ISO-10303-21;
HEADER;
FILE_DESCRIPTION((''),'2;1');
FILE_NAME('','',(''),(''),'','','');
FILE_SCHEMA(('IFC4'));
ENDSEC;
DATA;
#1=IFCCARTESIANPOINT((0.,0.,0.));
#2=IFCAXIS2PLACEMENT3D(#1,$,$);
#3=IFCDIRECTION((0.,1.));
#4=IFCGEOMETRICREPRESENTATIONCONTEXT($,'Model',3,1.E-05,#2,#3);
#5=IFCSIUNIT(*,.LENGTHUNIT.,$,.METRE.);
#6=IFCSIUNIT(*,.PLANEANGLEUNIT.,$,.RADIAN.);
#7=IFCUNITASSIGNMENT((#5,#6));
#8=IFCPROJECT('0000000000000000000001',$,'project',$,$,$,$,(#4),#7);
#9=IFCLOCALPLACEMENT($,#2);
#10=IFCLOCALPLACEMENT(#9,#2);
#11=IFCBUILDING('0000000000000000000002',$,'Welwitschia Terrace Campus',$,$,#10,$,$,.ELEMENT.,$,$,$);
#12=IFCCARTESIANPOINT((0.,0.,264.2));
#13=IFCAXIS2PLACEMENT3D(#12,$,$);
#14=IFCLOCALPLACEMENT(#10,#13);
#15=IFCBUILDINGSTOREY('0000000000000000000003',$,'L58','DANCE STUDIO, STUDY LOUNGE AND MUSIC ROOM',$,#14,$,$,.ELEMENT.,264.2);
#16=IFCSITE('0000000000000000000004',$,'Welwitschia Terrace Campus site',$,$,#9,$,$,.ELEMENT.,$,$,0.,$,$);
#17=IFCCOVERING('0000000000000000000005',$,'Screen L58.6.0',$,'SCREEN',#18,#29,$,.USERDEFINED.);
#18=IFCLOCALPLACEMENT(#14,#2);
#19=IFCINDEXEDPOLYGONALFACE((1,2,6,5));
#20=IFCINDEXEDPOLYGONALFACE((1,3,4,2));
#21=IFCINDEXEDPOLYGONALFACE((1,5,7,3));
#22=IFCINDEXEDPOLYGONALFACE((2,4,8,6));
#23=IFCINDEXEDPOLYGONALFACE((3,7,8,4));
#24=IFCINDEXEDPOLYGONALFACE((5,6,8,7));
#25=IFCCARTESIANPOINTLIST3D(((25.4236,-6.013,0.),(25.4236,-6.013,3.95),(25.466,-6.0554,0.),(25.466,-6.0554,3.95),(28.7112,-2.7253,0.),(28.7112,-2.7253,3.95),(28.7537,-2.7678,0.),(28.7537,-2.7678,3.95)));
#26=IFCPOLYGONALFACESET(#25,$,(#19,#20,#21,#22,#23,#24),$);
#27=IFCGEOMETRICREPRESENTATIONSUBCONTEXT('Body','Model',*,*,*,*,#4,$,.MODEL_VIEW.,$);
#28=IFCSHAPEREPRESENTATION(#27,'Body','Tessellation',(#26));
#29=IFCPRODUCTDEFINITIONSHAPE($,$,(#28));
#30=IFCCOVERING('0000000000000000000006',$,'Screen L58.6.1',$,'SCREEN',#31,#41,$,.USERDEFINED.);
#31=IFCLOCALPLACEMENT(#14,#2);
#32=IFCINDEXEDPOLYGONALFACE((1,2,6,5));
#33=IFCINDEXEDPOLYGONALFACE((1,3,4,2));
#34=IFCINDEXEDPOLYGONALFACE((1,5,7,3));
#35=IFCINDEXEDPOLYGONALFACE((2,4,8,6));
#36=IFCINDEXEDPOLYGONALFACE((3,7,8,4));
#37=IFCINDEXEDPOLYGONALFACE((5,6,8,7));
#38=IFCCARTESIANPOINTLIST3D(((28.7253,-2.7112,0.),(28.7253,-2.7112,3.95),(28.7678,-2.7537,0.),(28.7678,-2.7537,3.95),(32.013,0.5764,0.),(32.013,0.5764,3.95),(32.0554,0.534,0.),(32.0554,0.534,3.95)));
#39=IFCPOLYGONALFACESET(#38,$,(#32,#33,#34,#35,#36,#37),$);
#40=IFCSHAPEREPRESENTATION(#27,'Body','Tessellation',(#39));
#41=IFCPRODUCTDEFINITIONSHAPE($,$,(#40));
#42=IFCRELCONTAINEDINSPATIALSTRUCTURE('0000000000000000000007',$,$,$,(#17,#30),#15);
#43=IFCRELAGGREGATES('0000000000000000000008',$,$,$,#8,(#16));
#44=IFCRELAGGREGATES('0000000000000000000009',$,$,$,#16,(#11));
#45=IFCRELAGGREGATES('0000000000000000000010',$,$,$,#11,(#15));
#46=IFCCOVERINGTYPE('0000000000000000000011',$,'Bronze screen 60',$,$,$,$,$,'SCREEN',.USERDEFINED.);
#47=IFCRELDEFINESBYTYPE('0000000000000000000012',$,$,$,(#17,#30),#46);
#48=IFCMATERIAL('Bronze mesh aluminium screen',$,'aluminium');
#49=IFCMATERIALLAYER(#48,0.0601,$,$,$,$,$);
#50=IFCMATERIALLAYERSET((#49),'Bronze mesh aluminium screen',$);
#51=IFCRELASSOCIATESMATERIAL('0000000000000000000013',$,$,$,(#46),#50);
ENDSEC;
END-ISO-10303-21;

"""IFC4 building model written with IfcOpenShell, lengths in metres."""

from ifc_helpers import new_model, si_unit, direction, frame, origin, origin_2d, place, context, subcontext, project, spatial, rectangle, extrude, material, layer, layer_set, type_object, element, save


model = new_model("IFC4")

# Units and contexts
model_context = context("Model", 3, precision=1e-05, world=origin(), true_north=direction((0.0, 1.0)))
body_context = subcontext(model_context, "Body", "Model", "MODEL_VIEW")
ifc_project = project(units=[si_unit("LENGTHUNIT", "METRE"), si_unit("PLANEANGLEUNIT", "RADIAN")], contexts=[model_context])

# Site, building, storey
site_placement = place(None, origin())
site = spatial("IfcSite", under=ifc_project, at=site_placement, Name="Welwitschia Terrace Campus site", CompositionType="ELEMENT", RefElevation=0.0)
building_placement = place(site_placement, origin())
building = spatial("IfcBuilding", under=site, at=building_placement, Name="Welwitschia Terrace Campus", CompositionType="ELEMENT")
storey_placement = place(building_placement, frame((0.0, 0.0, 264.2)))
storey = spatial("IfcBuildingStorey", under=building, at=storey_placement, Name="L58", Description="DANCE STUDIO, STUDY LOUNGE AND MUSIC ROOM", CompositionType="ELEMENT", Elevation=264.2)

# Coverings
ifc_material_1 = material(Name="Bronze mesh aluminium screen", Category="aluminium")
ifc_layer_1 = layer(ifc_material_1, 0.0601)
ifc_layer_set_1 = layer_set([ifc_layer_1], Name="Bronze mesh aluminium screen")
covering_type = type_object("IfcCoveringType", Name="Bronze screen 60", ElementType="SCREEN", PredefinedType="USERDEFINED", material=ifc_layer_set_1)
for number, where, z_axis, x_axis, name in (
    (1, (27.0886, -4.3904, 0.0), (0.0, 0.0, 1.0), (0.707107, 0.707107, 0.0), "Screen L58.6.0"),
    (2, (30.3904, -1.0886, 0.0), (0.0, 0.0, 1.0), (0.707107, 0.707107, 0.0), "Screen L58.6.1"),
):
    element("IfcCovering", number, at=place(storey_placement, frame(where, z_axis=z_axis, x_axis=x_axis)), inside=storey, type_object=covering_type, Name=name, ObjectType="SCREEN", PredefinedType="USERDEFINED", context=body_context, shape_type="SweptSolid", body=[
        extrude(rectangle(XDim=4.6494, YDim=0.0601, at=origin_2d()), origin(), (0.0, 0.0, 1.0), 3.95),
    ])

save(model, "model.ifc")
